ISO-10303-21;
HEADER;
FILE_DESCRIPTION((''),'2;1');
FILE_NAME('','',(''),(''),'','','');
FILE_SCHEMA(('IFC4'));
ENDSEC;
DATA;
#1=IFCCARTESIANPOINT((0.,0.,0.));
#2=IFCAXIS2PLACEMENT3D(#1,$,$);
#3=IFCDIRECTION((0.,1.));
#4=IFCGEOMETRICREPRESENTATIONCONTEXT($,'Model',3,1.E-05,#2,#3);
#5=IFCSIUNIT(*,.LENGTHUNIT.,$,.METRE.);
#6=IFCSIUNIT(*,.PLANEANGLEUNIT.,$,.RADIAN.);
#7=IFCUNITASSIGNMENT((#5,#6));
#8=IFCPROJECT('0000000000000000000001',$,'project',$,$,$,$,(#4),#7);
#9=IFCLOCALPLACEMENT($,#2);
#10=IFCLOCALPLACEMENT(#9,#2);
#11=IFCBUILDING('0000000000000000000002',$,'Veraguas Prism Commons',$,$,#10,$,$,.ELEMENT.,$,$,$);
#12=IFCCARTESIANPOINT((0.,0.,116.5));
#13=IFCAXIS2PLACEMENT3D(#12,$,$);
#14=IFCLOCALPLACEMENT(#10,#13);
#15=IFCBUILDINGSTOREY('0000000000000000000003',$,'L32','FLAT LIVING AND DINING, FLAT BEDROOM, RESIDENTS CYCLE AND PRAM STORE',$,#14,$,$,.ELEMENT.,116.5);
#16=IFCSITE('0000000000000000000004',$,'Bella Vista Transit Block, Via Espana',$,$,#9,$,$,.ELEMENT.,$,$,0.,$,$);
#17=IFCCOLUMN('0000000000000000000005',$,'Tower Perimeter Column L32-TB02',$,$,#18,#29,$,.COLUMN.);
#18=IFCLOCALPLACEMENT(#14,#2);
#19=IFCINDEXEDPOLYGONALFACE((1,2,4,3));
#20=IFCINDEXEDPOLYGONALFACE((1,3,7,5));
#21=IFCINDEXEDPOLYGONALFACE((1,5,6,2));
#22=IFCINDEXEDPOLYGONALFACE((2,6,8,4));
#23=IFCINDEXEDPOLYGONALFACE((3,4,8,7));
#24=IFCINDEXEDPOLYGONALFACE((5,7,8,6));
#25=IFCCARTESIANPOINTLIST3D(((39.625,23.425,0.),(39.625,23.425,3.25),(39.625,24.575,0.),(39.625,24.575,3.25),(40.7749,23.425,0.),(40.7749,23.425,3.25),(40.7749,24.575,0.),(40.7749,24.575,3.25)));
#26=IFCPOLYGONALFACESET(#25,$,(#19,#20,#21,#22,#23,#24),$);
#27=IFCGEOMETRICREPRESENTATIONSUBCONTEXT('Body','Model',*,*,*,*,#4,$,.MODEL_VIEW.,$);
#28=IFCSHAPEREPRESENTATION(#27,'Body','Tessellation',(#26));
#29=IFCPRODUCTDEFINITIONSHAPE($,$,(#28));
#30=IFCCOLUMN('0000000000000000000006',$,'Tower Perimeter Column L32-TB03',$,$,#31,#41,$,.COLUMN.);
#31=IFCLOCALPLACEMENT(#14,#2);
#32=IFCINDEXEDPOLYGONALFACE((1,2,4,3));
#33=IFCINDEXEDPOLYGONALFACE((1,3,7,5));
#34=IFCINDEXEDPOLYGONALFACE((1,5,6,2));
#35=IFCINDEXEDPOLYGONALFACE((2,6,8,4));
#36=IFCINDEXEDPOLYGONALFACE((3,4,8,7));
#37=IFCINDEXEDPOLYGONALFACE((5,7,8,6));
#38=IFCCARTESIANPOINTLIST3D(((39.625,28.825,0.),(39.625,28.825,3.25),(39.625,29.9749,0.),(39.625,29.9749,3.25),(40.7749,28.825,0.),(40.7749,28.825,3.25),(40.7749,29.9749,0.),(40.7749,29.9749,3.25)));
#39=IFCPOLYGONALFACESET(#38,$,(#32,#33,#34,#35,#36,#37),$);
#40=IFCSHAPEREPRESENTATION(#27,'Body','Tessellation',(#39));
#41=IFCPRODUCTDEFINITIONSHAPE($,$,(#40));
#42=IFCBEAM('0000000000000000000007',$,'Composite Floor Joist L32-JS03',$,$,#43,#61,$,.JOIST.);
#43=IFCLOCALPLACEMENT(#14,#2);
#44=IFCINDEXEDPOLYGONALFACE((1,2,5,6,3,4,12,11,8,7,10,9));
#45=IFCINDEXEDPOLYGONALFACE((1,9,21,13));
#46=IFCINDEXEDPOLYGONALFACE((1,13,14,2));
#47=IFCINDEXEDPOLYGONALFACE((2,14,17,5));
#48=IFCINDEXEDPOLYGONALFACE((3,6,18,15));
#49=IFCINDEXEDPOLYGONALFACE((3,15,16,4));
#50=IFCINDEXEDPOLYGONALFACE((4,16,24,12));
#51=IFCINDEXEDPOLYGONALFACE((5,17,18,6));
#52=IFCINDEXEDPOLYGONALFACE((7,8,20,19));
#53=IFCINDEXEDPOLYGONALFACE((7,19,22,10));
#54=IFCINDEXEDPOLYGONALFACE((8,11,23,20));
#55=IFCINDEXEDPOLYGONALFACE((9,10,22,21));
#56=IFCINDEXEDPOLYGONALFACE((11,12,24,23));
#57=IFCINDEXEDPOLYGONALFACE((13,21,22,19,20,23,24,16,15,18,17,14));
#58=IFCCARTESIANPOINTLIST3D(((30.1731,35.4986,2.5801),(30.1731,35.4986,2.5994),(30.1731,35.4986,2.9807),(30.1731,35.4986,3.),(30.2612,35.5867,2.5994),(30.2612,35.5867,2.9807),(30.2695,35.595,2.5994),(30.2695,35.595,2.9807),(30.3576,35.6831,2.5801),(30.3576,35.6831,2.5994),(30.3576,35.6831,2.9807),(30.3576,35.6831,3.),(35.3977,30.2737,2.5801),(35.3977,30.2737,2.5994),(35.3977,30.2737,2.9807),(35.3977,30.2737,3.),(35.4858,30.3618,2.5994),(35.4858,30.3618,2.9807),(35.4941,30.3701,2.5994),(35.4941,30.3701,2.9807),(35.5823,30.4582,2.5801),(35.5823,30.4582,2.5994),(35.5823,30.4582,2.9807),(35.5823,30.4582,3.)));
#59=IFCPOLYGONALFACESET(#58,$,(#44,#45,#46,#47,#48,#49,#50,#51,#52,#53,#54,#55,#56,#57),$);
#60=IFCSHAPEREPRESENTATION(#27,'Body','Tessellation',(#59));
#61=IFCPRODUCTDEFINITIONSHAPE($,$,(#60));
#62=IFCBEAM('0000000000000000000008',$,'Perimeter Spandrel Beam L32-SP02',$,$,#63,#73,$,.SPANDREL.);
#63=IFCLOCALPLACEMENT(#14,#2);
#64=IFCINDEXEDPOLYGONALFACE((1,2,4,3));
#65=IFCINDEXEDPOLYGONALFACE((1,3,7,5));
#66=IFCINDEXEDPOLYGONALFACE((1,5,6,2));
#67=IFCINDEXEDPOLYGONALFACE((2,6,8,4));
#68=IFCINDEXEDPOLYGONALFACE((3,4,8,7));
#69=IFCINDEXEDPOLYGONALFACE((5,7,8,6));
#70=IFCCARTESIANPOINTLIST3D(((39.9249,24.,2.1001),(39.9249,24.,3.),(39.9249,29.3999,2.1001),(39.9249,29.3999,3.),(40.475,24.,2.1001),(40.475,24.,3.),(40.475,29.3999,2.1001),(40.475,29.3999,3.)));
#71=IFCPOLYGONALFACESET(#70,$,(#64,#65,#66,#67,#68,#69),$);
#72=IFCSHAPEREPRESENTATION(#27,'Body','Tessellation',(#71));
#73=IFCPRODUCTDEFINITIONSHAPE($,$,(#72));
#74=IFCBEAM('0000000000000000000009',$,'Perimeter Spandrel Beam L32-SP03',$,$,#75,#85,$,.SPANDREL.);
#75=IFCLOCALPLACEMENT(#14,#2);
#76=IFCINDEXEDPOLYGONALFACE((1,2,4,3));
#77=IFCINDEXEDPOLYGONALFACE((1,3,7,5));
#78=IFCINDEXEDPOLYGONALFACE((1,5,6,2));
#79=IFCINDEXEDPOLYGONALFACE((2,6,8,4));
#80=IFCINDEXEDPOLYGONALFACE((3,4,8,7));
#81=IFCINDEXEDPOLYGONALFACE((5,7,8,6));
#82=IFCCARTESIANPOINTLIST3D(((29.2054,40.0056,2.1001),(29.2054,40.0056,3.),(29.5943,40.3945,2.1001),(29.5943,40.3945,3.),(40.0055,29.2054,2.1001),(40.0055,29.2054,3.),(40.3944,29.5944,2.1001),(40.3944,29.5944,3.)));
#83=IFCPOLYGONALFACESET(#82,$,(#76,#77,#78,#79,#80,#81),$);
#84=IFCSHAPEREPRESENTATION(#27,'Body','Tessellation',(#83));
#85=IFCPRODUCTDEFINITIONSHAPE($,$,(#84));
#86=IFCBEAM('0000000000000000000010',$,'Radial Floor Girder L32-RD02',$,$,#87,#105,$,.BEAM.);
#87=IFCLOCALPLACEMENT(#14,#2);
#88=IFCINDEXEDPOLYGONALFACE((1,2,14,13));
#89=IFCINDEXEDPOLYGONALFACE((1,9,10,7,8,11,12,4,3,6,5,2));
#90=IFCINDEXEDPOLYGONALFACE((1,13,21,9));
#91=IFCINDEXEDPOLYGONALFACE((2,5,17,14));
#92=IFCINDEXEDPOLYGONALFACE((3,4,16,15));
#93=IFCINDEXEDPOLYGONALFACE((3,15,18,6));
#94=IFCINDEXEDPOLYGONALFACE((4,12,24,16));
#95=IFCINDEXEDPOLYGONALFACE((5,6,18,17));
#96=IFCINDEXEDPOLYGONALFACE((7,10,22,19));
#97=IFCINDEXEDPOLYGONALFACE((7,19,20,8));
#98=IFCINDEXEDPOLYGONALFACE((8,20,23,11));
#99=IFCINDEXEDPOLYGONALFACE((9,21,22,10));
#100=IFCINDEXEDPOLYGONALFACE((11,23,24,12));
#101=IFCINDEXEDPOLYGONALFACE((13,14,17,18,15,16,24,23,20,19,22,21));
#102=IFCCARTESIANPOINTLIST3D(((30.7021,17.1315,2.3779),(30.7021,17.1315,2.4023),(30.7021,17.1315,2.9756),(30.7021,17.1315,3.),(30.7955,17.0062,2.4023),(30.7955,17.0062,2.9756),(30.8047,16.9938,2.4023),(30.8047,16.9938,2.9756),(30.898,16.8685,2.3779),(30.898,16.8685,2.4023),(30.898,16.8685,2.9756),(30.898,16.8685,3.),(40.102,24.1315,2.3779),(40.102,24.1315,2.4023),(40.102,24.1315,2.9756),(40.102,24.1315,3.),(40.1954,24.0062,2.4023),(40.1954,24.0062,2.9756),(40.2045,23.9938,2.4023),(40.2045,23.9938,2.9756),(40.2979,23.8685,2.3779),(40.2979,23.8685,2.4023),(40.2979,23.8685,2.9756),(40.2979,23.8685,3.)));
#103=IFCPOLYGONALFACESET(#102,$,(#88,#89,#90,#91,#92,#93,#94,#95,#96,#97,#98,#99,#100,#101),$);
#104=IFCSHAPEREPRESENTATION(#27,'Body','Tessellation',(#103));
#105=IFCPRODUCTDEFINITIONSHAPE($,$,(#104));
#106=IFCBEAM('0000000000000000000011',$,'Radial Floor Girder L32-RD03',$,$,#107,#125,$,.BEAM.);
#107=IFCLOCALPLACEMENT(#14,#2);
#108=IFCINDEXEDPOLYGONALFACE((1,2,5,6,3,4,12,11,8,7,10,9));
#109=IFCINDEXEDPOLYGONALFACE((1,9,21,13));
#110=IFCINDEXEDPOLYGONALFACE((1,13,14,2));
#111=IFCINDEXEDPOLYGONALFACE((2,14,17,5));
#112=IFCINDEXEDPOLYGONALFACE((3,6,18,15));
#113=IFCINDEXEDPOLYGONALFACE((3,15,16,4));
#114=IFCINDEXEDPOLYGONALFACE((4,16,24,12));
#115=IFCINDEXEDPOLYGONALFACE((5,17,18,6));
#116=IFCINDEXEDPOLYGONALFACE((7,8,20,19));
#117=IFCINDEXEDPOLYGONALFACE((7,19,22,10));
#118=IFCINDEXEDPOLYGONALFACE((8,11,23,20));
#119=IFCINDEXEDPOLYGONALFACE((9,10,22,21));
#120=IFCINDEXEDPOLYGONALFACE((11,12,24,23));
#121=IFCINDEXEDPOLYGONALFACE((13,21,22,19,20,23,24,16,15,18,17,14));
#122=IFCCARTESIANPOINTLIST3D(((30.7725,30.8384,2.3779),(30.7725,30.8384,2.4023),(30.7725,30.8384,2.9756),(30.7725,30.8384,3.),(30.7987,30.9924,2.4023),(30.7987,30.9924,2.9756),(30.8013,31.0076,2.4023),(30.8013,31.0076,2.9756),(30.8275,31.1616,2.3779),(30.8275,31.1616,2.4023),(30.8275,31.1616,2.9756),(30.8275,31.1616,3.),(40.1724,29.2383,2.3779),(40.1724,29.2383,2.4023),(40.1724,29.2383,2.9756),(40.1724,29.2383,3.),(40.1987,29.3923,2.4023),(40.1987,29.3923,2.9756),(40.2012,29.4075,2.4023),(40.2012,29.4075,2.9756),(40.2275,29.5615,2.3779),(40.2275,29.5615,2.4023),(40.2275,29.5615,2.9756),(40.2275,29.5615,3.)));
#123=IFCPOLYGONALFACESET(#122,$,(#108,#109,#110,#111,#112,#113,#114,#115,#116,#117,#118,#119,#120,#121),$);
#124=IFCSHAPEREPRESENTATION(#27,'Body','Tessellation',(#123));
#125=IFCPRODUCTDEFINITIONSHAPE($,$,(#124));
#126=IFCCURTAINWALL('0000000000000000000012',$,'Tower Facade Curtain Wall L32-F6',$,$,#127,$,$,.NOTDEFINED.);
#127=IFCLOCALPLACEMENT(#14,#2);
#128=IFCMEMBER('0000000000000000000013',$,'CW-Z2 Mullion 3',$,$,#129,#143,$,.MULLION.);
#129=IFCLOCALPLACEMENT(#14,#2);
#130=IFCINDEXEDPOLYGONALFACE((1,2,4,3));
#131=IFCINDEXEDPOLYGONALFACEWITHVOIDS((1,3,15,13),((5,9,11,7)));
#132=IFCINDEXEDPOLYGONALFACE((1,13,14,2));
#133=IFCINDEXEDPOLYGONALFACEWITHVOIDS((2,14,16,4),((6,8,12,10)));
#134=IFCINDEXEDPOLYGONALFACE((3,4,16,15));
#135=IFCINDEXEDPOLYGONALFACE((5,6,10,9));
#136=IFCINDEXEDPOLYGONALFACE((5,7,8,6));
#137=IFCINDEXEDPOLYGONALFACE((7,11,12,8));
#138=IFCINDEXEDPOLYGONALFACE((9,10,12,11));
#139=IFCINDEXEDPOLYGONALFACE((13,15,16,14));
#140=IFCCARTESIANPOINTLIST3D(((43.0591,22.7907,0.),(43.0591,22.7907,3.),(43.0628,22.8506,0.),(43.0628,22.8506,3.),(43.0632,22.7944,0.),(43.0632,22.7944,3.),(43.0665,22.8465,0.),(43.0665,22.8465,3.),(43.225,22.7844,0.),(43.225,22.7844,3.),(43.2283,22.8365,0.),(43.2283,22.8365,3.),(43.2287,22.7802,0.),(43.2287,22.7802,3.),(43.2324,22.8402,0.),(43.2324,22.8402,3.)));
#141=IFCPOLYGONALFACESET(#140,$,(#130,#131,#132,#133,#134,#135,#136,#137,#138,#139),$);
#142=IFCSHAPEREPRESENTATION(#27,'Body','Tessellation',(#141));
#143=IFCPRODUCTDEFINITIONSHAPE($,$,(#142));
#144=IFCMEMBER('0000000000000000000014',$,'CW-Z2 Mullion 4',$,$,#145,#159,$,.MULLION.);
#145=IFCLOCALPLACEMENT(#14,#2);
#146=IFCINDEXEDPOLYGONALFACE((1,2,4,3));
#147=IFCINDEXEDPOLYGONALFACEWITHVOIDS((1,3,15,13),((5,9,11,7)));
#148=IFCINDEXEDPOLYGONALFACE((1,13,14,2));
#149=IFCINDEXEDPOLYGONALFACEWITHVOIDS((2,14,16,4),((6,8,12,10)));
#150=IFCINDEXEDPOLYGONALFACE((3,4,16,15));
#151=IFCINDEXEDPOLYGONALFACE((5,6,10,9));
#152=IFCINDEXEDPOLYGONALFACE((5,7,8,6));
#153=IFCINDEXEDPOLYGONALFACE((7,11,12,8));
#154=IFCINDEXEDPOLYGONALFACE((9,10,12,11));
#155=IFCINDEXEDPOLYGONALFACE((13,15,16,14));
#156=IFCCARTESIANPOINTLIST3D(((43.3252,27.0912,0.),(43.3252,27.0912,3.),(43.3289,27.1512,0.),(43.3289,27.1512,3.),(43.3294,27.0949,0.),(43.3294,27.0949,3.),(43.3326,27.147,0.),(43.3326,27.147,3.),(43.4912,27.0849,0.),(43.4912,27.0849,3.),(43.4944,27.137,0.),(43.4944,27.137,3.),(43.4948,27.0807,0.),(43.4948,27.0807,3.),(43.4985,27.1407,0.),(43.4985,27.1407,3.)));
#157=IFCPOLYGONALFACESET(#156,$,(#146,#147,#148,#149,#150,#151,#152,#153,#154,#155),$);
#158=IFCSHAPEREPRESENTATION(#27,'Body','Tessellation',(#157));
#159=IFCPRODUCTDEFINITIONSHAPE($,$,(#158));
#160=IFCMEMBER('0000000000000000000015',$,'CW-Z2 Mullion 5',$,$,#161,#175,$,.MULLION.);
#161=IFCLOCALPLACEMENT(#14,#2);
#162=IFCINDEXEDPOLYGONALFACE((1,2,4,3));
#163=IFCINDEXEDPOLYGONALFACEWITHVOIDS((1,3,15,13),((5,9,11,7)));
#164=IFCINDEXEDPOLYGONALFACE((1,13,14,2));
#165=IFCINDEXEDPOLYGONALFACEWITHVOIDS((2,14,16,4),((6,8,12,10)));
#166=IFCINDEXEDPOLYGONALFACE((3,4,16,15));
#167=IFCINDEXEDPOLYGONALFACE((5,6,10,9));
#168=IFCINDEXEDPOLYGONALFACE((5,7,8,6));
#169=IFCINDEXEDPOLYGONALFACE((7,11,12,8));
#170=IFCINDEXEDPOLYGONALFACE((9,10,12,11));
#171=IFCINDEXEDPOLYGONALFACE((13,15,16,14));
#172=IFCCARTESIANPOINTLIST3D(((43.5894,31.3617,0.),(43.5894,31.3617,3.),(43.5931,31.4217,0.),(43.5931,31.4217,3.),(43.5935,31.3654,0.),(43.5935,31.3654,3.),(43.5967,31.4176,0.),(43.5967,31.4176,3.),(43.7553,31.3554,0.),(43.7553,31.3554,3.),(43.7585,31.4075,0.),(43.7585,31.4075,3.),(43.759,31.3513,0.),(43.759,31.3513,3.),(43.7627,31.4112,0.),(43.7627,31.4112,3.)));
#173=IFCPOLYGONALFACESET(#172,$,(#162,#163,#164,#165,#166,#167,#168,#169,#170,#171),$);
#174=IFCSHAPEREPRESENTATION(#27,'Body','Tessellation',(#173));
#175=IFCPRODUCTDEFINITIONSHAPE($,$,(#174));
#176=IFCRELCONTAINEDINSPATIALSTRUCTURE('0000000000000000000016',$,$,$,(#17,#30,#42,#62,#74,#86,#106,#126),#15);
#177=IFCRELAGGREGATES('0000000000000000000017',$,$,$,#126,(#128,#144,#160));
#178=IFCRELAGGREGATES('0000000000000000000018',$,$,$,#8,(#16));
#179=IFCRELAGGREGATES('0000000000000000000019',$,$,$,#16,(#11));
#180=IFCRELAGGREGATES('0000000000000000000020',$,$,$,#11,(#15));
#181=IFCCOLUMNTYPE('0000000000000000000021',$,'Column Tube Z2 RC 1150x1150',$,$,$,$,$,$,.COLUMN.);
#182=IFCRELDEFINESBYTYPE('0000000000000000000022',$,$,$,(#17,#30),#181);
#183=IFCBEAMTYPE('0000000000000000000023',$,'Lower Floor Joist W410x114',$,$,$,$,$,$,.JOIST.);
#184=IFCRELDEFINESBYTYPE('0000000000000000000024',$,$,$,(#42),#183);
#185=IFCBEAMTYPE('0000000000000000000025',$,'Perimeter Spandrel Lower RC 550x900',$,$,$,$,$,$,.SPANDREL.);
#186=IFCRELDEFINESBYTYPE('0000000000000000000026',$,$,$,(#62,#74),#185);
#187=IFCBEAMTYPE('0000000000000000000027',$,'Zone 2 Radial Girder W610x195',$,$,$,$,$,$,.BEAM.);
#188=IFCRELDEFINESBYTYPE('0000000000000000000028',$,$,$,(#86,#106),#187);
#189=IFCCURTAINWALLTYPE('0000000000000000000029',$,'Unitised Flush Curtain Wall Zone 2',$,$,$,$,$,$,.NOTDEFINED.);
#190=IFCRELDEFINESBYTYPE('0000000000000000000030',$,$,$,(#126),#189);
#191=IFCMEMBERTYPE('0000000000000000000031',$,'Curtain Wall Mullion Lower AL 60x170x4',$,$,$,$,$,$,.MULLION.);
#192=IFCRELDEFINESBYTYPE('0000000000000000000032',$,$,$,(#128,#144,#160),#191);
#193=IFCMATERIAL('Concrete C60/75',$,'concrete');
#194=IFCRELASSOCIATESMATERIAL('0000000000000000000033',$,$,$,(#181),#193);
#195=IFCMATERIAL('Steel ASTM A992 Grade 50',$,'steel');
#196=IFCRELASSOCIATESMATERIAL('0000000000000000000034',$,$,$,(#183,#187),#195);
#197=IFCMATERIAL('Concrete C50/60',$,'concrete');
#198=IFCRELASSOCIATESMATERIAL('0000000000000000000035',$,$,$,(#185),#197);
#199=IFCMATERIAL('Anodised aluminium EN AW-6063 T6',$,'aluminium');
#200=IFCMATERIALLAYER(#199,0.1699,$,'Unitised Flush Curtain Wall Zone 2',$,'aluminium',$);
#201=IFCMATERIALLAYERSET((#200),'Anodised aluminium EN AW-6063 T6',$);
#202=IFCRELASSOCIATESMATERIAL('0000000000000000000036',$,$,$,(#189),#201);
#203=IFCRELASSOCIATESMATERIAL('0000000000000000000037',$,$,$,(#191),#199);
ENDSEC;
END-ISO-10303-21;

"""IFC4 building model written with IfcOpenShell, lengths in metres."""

from ifc_helpers import new_model, si_unit, direction, frame, origin, origin_2d, place, context, subcontext, project, spatial, rectangle, hollow_rectangle, i_section, extrude, source, transform, mapped, material, layer, layer_set, material_profile, profile_set, type_object, element, aggregate, save


model = new_model("IFC4")

# Units and contexts
model_context = context("Model", 3, precision=1e-05, world=origin(), true_north=direction((0.0, 1.0)))
body_context = subcontext(model_context, "Body", "Model", "MODEL_VIEW")
ifc_project = project(units=[si_unit("LENGTHUNIT", "METRE"), si_unit("PLANEANGLEUNIT", "RADIAN")], contexts=[model_context])

# Site, building, storey
site_placement = place(None, origin())
site = spatial("IfcSite", under=ifc_project, at=site_placement, Name="Bella Vista Transit Block, Via Espana", CompositionType="ELEMENT", RefElevation=0.0)
building_placement = place(site_placement, origin())
building = spatial("IfcBuilding", under=site, at=building_placement, Name="Veraguas Prism Commons", CompositionType="ELEMENT")
storey_placement = place(building_placement, frame((0.0, 0.0, 116.5)))
storey = spatial("IfcBuildingStorey", under=building, at=storey_placement, Name="L32", Description="FLAT LIVING AND DINING, FLAT BEDROOM, RESIDENTS CYCLE AND PRAM STORE", CompositionType="ELEMENT", Elevation=116.5)

# Columns
ifc_material_1 = material(Name="Concrete C60/75", Category="concrete")
ifc_material_profile_1 = material_profile(ifc_material_1, rectangle(XDim=1.1499, YDim=1.1499, at=origin_2d()), Name="RC1150X1150")
ifc_profile_set_1 = profile_set([ifc_material_profile_1], Name="Concrete C60/75")
column_type = type_object("IfcColumnType", Name="Column Tube Z2 RC 1150x1150", PredefinedType="COLUMN", material=ifc_profile_set_1)
for number, where, z_axis, x_axis, name in (
    (1, (40.2, 24.0, 0.0), (0.0, 0.0, 1.0), (1.0, 0.0, 0.0), "Tower Perimeter Column L32-TB02"),
    (2, (40.2, 29.3999, 0.0), (0.0, 0.0, 1.0), (1.0, 0.0, 0.0), "Tower Perimeter Column L32-TB03"),
):
    element("IfcColumn", number, at=place(storey_placement, frame(where, z_axis=z_axis, x_axis=x_axis)), inside=storey, type_object=column_type, Name=name, PredefinedType="COLUMN", context=body_context, shape_type="SweptSolid", body=[
        extrude(rectangle(XDim=1.1499, YDim=1.1499, at=origin_2d()), origin(), (0.0, 0.0, 1.0), 3.25),
    ])

# Beams
ifc_material_2 = material(Name="Steel ASTM A992 Grade 50", Category="steel")
ifc_material_profile_2 = material_profile(ifc_material_2, i_section(OverallWidth=0.261, OverallDepth=0.4199, WebThickness=0.0117, FlangeThickness=0.0193, at=origin_2d()), Name="W410X114")
ifc_profile_set_2 = profile_set([ifc_material_profile_2], Name="Steel ASTM A992 Grade 50")
beam_type_1 = type_object("IfcBeamType", Name="Lower Floor Joist W410x114", PredefinedType="JOIST", material=ifc_profile_set_2)
beam_1_placement = place(storey_placement, frame((35.49, 30.366, 2.79), z_axis=(-0.70709, 0.707123, 0.0), x_axis=(-0.707123, -0.70709, 0.0)))
element("IfcBeam", 3, at=beam_1_placement, inside=storey, type_object=beam_type_1, Name="Composite Floor Joist L32-JS03", PredefinedType="JOIST", context=body_context, shape_type="SweptSolid", body=[
    extrude(i_section(OverallWidth=0.261, OverallDepth=0.4199, WebThickness=0.0117, FlangeThickness=0.0193, at=origin_2d()), origin(), (0.0, 0.0, 1.0), 7.3889),
])
ifc_material_3 = material(Name="Concrete C50/60", Category="concrete")
ifc_material_profile_3 = material_profile(ifc_material_3, rectangle(XDim=0.55, YDim=0.8999, at=origin_2d()), Name="RC550X900")
ifc_profile_set_3 = profile_set([ifc_material_profile_3], Name="Concrete C50/60")
beam_type_2 = type_object("IfcBeamType", Name="Perimeter Spandrel Lower RC 550x900", PredefinedType="SPANDREL", material=ifc_profile_set_3)
beam_2_placement = place(storey_placement, frame((40.2, 24.0, 2.55), z_axis=(0.0, 1.0, 0.0), x_axis=(-1.0, 0.0, 0.0)))
element("IfcBeam", 4, at=beam_2_placement, inside=storey, type_object=beam_type_2, Name="Perimeter Spandrel Beam L32-SP02", PredefinedType="SPANDREL", context=body_context, shape_type="SweptSolid", body=[
    extrude(rectangle(XDim=0.55, YDim=0.8999, at=origin_2d()), origin(), (0.0, 0.0, 1.0), 5.3999),
])
beam_3_placement = place(storey_placement, frame((40.2, 29.3999, 2.55), z_axis=(-0.707107, 0.707107, 0.0), x_axis=(-0.707107, -0.707107, 0.0)))
element("IfcBeam", 5, at=beam_3_placement, inside=storey, type_object=beam_type_2, Name="Perimeter Spandrel Beam L32-SP03", PredefinedType="SPANDREL", context=body_context, shape_type="SweptSolid", body=[
    extrude(rectangle(XDim=0.55, YDim=0.8999, at=origin_2d()), origin(), (0.0, 0.0, 1.0), 15.2737),
])
ifc_material_profile_4 = material_profile(ifc_material_2, i_section(OverallWidth=0.3279, OverallDepth=0.6221, WebThickness=0.0154, FlangeThickness=0.0244, at=origin_2d()), Name="W610X195")
ifc_profile_set_4 = profile_set([ifc_material_profile_4], Name="Steel ASTM A992 Grade 50")
beam_type_3 = type_object("IfcBeamType", Name="Zone 2 Radial Girder W610x195", PredefinedType="BEAM", material=ifc_profile_set_4)
beam_4_placement = place(storey_placement, frame((40.2, 24.0, 2.689), z_axis=(-0.80204, -0.59727, 0.0), x_axis=(0.59727, -0.80204, 0.0)))
element("IfcBeam", 6, at=beam_4_placement, inside=storey, type_object=beam_type_3, Name="Radial Floor Girder L32-RD02", PredefinedType="BEAM", context=body_context, shape_type="SweptSolid", body=[
    extrude(i_section(OverallWidth=0.3279, OverallDepth=0.6221, WebThickness=0.0154, FlangeThickness=0.0244, at=origin_2d()), origin(), (0.0, 0.0, 1.0), 11.72),
])
beam_5_placement = place(storey_placement, frame((40.2, 29.3999, 2.689), z_axis=(-0.985819, 0.167811, 0.0), x_axis=(-0.167811, -0.985819, 0.0)))
element("IfcBeam", 7, at=beam_5_placement, inside=storey, type_object=beam_type_3, Name="Radial Floor Girder L32-RD03", PredefinedType="BEAM", context=body_context, shape_type="SweptSolid", body=[
    extrude(i_section(OverallWidth=0.3279, OverallDepth=0.6221, WebThickness=0.0154, FlangeThickness=0.0244, at=origin_2d()), origin(), (0.0, 0.0, 1.0), 9.5352),
])

# Curtain wall, members
ifc_material_4 = material(Name="Anodised aluminium EN AW-6063 T6", Category="aluminium")
ifc_layer_1 = layer(ifc_material_4, 0.1699, Name="Unitised Flush Curtain Wall Zone 2", Category="aluminium")
ifc_layer_set_1 = layer_set([ifc_layer_1], Name="Anodised aluminium EN AW-6063 T6")
curtain_wall_type = type_object("IfcCurtainWallType", Name="Unitised Flush Curtain Wall Zone 2", PredefinedType="NOTDEFINED", material=ifc_layer_set_1)
curtain_wall_placement = place(storey_placement, origin())
curtain_wall = element("IfcCurtainWall", 8, at=curtain_wall_placement, inside=storey, type_object=curtain_wall_type, Name="Tower Facade Curtain Wall L32-F6", PredefinedType="NOTDEFINED")
ifc_material_profile_5 = material_profile(ifc_material_4, hollow_rectangle(XDim=0.0601, YDim=0.1699, WallThickness=0.0039, at=origin_2d()), Name="AL60X170X4")
ifc_profile_set_5 = profile_set([ifc_material_profile_5], Name="Anodised aluminium EN AW-6063 T6")
member_type = type_object("IfcMemberType", Name="Curtain Wall Mullion Lower AL 60x170x4", PredefinedType="MULLION", material=ifc_profile_set_5)
shared_shape_1 = source(origin(), body_context, "Body", "SweptSolid", [
    extrude(hollow_rectangle(XDim=0.0601, YDim=0.1699, WallThickness=0.0039, at=origin_2d()), origin(), (0.0, 0.0, 1.0), 3.0),
])
member_1_placement = place(storey_placement, frame((43.1458, 22.8154, 0.0), z_axis=(0.0, 0.0, 1.0), x_axis=(0.061744, 0.998092, 0.0)))
member_1 = element("IfcMember", 9, at=member_1_placement, type_object=member_type, Name="CW-Z2 Mullion 3", PredefinedType="MULLION", context=body_context, shape_type="MappedRepresentation", body=[
    mapped(shared_shape_1, transform((0.0, 0.0, 0.0), scale=1.0)),
])
member_2_placement = place(storey_placement, frame((43.4119, 27.116, 0.0), z_axis=(0.0, 0.0, 1.0), x_axis=(0.061744, 0.998092, 0.0)))
member_2 = element("IfcMember", 10, at=member_2_placement, type_object=member_type, Name="CW-Z2 Mullion 4", PredefinedType="MULLION", context=body_context, shape_type="MappedRepresentation", body=[
    mapped(shared_shape_1, transform((0.0, 0.0, 0.0), scale=1.0)),
])
member_3_placement = place(storey_placement, frame((43.676, 31.3865, 0.0), z_axis=(0.0, 0.0, 1.0), x_axis=(0.061744, 0.998092, 0.0)))
member_3 = element("IfcMember", 11, at=member_3_placement, type_object=member_type, Name="CW-Z2 Mullion 5", PredefinedType="MULLION", context=body_context, shape_type="MappedRepresentation", body=[
    mapped(shared_shape_1, transform((0.0, 0.0, 0.0), scale=1.0)),
])
aggregate(curtain_wall, [member_1, member_2, member_3])

save(model, "model.ifc")
